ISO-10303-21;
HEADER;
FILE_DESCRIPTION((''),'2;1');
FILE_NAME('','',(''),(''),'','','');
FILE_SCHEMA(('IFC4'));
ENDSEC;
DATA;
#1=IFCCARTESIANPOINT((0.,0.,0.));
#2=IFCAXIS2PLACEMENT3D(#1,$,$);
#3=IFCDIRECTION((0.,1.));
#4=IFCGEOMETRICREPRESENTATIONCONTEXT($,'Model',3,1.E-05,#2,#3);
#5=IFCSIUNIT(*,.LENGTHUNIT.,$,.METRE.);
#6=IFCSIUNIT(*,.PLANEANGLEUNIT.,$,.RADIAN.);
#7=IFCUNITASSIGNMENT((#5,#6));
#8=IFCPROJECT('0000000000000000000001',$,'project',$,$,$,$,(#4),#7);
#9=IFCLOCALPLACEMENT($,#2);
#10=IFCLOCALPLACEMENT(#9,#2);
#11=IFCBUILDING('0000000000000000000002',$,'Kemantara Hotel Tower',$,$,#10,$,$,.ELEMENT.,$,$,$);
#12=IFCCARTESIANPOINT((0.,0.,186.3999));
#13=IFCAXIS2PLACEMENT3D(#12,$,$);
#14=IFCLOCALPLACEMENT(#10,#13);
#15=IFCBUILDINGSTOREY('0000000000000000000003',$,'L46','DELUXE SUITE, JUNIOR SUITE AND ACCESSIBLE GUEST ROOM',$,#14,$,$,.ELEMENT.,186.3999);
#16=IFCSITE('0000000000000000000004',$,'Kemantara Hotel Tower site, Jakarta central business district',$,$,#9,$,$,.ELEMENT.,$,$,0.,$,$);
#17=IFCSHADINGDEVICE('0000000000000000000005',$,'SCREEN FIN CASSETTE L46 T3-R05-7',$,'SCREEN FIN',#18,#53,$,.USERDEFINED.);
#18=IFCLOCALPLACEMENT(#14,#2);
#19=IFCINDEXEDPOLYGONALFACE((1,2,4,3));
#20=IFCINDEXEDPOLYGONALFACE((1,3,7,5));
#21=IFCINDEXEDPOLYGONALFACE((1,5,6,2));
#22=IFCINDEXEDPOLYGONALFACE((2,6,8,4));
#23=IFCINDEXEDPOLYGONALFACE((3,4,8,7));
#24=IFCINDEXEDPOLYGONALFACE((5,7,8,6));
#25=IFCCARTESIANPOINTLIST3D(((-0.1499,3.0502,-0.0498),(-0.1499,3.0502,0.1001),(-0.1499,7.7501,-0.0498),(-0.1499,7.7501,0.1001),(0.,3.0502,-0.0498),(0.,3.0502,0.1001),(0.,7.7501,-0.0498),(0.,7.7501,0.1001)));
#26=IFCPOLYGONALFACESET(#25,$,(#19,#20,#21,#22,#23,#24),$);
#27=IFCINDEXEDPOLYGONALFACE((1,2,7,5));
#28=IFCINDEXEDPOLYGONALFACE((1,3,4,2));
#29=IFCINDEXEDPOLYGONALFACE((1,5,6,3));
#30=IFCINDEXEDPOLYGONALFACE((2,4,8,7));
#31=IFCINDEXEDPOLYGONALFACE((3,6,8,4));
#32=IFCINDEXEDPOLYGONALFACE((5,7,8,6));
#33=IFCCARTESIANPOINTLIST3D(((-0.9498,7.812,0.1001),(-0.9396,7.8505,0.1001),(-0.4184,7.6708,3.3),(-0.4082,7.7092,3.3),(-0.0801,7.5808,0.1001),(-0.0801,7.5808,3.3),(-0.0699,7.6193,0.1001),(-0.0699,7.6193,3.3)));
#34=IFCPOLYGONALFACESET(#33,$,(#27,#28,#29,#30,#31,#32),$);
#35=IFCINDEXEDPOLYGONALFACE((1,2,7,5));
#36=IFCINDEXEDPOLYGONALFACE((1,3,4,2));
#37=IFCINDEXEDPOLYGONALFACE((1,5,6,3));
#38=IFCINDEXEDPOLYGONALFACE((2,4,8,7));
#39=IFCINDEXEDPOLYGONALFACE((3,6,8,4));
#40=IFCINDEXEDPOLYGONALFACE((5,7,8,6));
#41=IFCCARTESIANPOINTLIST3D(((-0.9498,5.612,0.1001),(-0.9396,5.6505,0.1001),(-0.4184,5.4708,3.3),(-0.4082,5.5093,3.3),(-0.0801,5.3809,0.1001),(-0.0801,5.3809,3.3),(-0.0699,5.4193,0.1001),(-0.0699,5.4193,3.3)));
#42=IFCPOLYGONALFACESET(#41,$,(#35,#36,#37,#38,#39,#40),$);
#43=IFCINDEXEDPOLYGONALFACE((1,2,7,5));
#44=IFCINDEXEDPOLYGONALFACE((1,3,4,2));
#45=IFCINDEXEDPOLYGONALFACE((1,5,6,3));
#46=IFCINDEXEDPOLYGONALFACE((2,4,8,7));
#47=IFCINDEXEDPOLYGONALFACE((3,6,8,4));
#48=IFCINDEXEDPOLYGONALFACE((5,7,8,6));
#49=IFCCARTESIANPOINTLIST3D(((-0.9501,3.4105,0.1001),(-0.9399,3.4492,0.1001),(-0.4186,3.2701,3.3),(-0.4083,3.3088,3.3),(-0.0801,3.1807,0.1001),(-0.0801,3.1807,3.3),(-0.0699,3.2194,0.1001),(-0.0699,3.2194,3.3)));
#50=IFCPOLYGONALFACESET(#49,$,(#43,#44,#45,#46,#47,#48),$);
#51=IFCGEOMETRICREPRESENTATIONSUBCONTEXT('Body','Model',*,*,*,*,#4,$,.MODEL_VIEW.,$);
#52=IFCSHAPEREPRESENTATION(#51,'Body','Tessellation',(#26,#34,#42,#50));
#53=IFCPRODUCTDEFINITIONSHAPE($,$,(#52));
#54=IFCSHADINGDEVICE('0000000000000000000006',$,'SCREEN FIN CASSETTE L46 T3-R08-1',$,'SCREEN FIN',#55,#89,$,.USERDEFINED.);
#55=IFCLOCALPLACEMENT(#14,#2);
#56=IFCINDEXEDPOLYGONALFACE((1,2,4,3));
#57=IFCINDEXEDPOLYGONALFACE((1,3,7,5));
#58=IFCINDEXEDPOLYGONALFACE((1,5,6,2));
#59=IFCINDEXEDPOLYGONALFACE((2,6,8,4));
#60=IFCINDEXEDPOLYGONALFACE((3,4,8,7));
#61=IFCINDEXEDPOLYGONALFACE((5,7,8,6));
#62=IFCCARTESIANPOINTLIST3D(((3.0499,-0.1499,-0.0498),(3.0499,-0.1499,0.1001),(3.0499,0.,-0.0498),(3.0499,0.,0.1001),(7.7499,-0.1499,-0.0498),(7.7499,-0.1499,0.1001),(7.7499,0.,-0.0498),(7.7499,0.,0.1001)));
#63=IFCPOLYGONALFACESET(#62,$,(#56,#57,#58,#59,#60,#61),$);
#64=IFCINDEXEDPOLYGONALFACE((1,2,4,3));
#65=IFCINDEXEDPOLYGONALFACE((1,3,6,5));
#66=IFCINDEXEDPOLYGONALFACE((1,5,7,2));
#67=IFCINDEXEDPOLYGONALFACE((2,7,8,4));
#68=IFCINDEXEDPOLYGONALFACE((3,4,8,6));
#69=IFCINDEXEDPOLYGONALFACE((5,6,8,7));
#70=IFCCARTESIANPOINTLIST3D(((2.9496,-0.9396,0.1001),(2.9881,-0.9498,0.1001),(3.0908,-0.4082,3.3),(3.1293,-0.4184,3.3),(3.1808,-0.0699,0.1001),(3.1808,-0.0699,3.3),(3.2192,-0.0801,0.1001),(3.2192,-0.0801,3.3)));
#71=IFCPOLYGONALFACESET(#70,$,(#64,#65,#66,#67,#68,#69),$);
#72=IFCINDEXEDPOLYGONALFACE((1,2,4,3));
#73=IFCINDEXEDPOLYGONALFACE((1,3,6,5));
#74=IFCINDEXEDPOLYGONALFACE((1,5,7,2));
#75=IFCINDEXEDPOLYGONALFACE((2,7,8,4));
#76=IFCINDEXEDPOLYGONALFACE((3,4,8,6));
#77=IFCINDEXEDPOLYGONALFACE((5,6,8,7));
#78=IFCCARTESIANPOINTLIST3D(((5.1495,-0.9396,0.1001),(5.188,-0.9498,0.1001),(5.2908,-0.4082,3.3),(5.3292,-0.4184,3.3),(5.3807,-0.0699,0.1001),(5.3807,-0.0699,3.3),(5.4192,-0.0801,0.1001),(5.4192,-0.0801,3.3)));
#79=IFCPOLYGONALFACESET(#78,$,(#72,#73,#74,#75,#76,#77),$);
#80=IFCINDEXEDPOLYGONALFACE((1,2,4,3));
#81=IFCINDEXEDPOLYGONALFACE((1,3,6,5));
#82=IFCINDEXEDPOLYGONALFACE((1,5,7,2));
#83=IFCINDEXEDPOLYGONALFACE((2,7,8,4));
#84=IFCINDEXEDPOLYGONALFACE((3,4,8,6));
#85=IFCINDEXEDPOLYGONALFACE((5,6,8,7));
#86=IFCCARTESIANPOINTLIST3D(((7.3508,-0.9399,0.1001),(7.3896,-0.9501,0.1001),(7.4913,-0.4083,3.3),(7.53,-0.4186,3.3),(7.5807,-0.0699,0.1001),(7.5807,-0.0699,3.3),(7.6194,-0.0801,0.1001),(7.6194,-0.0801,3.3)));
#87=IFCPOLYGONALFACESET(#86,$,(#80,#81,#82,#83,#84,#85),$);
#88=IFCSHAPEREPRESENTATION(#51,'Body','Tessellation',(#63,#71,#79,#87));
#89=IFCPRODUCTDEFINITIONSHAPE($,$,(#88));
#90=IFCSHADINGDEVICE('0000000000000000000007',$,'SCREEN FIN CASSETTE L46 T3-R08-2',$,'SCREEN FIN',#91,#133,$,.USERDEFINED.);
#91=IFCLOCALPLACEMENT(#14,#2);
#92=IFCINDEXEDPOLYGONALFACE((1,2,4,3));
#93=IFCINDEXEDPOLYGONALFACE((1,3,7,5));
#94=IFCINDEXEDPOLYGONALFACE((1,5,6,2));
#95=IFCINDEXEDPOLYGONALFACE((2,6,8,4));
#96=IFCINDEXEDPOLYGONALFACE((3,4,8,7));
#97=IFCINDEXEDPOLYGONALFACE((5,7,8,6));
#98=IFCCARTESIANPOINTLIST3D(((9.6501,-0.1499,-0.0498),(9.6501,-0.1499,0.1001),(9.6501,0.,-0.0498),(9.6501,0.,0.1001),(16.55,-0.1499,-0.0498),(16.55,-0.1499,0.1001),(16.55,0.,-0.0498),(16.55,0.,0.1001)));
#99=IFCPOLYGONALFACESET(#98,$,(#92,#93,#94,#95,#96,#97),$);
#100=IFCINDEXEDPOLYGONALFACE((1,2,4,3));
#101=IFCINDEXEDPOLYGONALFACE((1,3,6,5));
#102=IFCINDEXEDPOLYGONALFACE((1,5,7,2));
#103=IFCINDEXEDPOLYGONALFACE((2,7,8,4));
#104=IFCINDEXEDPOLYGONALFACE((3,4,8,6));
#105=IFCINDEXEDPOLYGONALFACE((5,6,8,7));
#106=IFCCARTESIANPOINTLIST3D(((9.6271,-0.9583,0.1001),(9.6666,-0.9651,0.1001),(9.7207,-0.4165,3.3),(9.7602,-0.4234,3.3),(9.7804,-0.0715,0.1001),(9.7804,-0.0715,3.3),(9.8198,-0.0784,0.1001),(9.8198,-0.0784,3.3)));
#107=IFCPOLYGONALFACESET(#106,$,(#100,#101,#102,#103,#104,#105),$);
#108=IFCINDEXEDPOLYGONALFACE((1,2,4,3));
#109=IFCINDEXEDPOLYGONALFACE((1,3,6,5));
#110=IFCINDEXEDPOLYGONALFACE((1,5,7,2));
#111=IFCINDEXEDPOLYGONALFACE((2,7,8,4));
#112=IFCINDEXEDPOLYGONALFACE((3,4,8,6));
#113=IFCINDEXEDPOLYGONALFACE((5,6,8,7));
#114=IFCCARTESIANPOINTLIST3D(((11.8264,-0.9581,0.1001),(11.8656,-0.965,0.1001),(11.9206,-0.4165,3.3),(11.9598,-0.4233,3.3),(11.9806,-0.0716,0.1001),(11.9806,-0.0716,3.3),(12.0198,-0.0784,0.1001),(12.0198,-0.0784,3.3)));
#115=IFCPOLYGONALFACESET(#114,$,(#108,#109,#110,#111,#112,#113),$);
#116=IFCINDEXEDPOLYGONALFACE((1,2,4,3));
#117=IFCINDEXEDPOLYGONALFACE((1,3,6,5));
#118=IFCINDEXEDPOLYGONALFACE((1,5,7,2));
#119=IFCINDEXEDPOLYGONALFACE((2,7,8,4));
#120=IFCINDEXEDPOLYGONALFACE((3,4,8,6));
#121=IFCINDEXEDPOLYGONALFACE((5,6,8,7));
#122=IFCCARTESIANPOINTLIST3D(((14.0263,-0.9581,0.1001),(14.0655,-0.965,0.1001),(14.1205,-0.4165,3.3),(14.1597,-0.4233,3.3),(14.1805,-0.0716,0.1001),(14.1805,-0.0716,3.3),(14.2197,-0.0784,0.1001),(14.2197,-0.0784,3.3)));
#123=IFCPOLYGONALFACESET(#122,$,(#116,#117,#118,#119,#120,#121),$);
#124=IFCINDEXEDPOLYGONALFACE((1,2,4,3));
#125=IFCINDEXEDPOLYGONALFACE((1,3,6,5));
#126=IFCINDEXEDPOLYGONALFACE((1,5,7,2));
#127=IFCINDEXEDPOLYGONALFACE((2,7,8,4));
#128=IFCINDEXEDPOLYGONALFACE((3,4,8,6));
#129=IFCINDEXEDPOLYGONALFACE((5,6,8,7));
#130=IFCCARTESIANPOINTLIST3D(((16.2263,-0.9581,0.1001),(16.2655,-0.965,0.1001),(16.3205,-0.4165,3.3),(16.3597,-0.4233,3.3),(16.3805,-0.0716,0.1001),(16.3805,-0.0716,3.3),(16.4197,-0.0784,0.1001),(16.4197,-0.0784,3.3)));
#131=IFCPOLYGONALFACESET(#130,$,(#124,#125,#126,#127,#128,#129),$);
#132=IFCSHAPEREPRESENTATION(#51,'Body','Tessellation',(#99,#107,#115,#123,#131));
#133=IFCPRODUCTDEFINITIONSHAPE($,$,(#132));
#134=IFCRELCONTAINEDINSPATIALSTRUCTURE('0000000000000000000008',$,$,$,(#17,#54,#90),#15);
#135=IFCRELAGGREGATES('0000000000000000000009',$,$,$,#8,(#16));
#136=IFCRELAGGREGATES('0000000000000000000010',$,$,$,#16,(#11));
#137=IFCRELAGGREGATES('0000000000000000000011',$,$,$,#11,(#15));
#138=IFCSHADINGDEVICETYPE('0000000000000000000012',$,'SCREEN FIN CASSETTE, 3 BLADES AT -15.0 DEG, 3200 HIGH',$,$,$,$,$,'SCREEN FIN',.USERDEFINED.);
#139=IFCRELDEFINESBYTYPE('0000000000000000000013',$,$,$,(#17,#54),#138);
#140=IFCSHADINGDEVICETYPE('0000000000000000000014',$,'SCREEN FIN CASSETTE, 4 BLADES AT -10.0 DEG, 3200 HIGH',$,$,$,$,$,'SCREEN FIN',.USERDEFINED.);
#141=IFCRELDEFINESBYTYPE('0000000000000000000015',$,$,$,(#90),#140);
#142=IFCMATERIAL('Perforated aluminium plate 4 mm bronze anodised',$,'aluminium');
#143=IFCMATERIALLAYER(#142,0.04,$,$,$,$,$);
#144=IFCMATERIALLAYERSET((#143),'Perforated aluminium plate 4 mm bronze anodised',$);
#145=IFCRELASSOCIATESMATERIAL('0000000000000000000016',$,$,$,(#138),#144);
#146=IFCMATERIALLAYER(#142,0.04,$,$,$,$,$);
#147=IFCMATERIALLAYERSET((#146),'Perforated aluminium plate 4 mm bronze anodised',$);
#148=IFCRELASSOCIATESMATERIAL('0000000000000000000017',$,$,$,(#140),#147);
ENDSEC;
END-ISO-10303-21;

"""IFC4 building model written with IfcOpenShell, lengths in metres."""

from ifc_helpers import new_model, si_unit, direction, frame, origin, origin_2d, place, context, subcontext, project, spatial, polyline, rectangle, outline, extrude, source, transform, mapped, material, layer, layer_set, type_object, element, save


model = new_model("IFC4")

# Units and contexts
model_context = context("Model", 3, precision=1e-05, world=origin(), true_north=direction((0.0, 1.0)))
body_context = subcontext(model_context, "Body", "Model", "MODEL_VIEW")
ifc_project = project(units=[si_unit("LENGTHUNIT", "METRE"), si_unit("PLANEANGLEUNIT", "RADIAN")], contexts=[model_context])

# Site, building, storey
site_placement = place(None, origin())
site = spatial("IfcSite", under=ifc_project, at=site_placement, Name="Kemantara Hotel Tower site, Jakarta central business district", CompositionType="ELEMENT", RefElevation=0.0)
building_placement = place(site_placement, origin())
building = spatial("IfcBuilding", under=site, at=building_placement, Name="Kemantara Hotel Tower", CompositionType="ELEMENT")
storey_placement = place(building_placement, frame((0.0, 0.0, 186.3999)))
storey = spatial("IfcBuildingStorey", under=building, at=storey_placement, Name="L46", Description="DELUXE SUITE, JUNIOR SUITE AND ACCESSIBLE GUEST ROOM", CompositionType="ELEMENT", Elevation=186.3999)

# Shading devices
ifc_material_1 = material(Name="Perforated aluminium plate 4 mm bronze anodised", Category="aluminium")
ifc_layer_1 = layer(ifc_material_1, 0.04)
ifc_layer_set_1 = layer_set([ifc_layer_1], Name="Perforated aluminium plate 4 mm bronze anodised")
shading_device_type_1 = type_object("IfcShadingDeviceType", Name="SCREEN FIN CASSETTE, 3 BLADES AT -15.0 DEG, 3200 HIGH", ElementType="SCREEN FIN", PredefinedType="USERDEFINED", material=ifc_layer_set_1)
shared_shape_1 = source(origin(), body_context, "Body", "SweptSolid", [
    extrude(rectangle(XDim=4.7, YDim=0.1499, at=origin_2d()), frame((2.2, -0.075, -0.1499), z_axis=(0.0, 0.0, 1.0), x_axis=(1.0, 0.0, 0.0)), (0.0, 0.0, 1.0), 0.1499),
    extrude(outline(polyline([(0.0, 0.0), (0.8999, 0.0), (0.3501, 3.2), (0.0, 3.2), (0.0, 0.0)])), frame((0.0193, -0.0801, 0.0), z_axis=(-0.966438, 0.256901, 0.0), x_axis=(-0.256901, -0.966438, 0.0)), (0.0, 0.0, 1.0), 0.0398),
    extrude(outline(polyline([(0.0, 0.0), (0.8999, 0.0), (0.3501, 3.2), (0.0, 3.2), (0.0, 0.0)])), frame((2.2192, -0.0801, 0.0), z_axis=(-0.966438, 0.256901, 0.0), x_axis=(-0.256901, -0.966438, 0.0)), (0.0, 0.0, 1.0), 0.0398),
    extrude(outline(polyline([(0.0, 0.0), (0.8999, 0.0), (0.3501, 3.2), (0.0, 3.2), (0.0, 0.0)])), frame((4.4194, -0.0801, 0.0), z_axis=(-0.966838, 0.255391, 0.0), x_axis=(-0.255391, -0.966838, 0.0)), (0.0, 0.0, 1.0), 0.04),
])
for number, where, z_axis, x_axis, name in (
    (1, (0.0, 7.6001, 0.1001), (0.0, 0.0, 1.0), (0.0, -1.0, 0.0), "SCREEN FIN CASSETTE L46 T3-R05-7"),
    (2, (3.2, 0.0, 0.1001), (0.0, 0.0, 1.0), (1.0, 0.0, 0.0), "SCREEN FIN CASSETTE L46 T3-R08-1"),
):
    element("IfcShadingDevice", number, at=place(storey_placement, frame(where, z_axis=z_axis, x_axis=x_axis)), inside=storey, type_object=shading_device_type_1, Name=name, ObjectType="SCREEN FIN", PredefinedType="USERDEFINED", context=body_context, shape_type="MappedRepresentation", body=[
        mapped(shared_shape_1, transform((0.0, 0.0, 0.0))),
    ])
ifc_layer_2 = layer(ifc_material_1, 0.04)
ifc_layer_set_2 = layer_set([ifc_layer_2], Name="Perforated aluminium plate 4 mm bronze anodised")
shading_device_type_2 = type_object("IfcShadingDeviceType", Name="SCREEN FIN CASSETTE, 4 BLADES AT -10.0 DEG, 3200 HIGH", ElementType="SCREEN FIN", PredefinedType="USERDEFINED", material=ifc_layer_set_2)
shared_shape_2 = source(origin(), body_context, "Body", "SweptSolid", [
    extrude(rectangle(XDim=6.8999, YDim=0.1499, at=origin_2d()), frame((3.3, -0.075, -0.1499), z_axis=(0.0, 0.0, 1.0), x_axis=(1.0, 0.0, 0.0)), (0.0, 0.0, 1.0), 0.1499),
    extrude(outline(polyline([(0.0, 0.0), (0.8999, 0.0), (0.3501, 3.2), (0.0, 3.2), (0.0, 0.0)])), frame((0.0198, -0.0784, 0.0), z_axis=(-0.98539, 0.170314, 0.0), x_axis=(-0.170314, -0.98539, 0.0)), (0.0, 0.0, 1.0), 0.04),
    extrude(outline(polyline([(0.0, 0.0), (0.8999, 0.0), (0.3501, 3.2), (0.0, 3.2), (0.0, 0.0)])), frame((2.2197, -0.0784, 0.0), z_axis=(-0.985212, 0.171341, 0.0), x_axis=(-0.171341, -0.985212, 0.0)), (0.0, 0.0, 1.0), 0.0398),
    extrude(outline(polyline([(0.0, 0.0), (0.8999, 0.0), (0.3501, 3.2), (0.0, 3.2), (0.0, 0.0)])), frame((4.4197, -0.0784, 0.0), z_axis=(-0.985212, 0.171341, 0.0), x_axis=(-0.171341, -0.985212, 0.0)), (0.0, 0.0, 1.0), 0.0398),
    extrude(outline(polyline([(0.0, 0.0), (0.8999, 0.0), (0.3501, 3.2), (0.0, 3.2), (0.0, 0.0)])), frame((6.6196, -0.0784, 0.0), z_axis=(-0.985212, 0.171341, 0.0), x_axis=(-0.171341, -0.985212, 0.0)), (0.0, 0.0, 1.0), 0.0398),
])
shading_device_placement = place(storey_placement, frame((9.8, 0.0, 0.1001), z_axis=(0.0, 0.0, 1.0), x_axis=(1.0, 0.0, 0.0)))
element("IfcShadingDevice", 3, at=shading_device_placement, inside=storey, type_object=shading_device_type_2, Name="SCREEN FIN CASSETTE L46 T3-R08-2", ObjectType="SCREEN FIN", PredefinedType="USERDEFINED", context=body_context, shape_type="MappedRepresentation", body=[
    mapped(shared_shape_2, transform((0.0, 0.0, 0.0))),
])

save(model, "model.ifc")
